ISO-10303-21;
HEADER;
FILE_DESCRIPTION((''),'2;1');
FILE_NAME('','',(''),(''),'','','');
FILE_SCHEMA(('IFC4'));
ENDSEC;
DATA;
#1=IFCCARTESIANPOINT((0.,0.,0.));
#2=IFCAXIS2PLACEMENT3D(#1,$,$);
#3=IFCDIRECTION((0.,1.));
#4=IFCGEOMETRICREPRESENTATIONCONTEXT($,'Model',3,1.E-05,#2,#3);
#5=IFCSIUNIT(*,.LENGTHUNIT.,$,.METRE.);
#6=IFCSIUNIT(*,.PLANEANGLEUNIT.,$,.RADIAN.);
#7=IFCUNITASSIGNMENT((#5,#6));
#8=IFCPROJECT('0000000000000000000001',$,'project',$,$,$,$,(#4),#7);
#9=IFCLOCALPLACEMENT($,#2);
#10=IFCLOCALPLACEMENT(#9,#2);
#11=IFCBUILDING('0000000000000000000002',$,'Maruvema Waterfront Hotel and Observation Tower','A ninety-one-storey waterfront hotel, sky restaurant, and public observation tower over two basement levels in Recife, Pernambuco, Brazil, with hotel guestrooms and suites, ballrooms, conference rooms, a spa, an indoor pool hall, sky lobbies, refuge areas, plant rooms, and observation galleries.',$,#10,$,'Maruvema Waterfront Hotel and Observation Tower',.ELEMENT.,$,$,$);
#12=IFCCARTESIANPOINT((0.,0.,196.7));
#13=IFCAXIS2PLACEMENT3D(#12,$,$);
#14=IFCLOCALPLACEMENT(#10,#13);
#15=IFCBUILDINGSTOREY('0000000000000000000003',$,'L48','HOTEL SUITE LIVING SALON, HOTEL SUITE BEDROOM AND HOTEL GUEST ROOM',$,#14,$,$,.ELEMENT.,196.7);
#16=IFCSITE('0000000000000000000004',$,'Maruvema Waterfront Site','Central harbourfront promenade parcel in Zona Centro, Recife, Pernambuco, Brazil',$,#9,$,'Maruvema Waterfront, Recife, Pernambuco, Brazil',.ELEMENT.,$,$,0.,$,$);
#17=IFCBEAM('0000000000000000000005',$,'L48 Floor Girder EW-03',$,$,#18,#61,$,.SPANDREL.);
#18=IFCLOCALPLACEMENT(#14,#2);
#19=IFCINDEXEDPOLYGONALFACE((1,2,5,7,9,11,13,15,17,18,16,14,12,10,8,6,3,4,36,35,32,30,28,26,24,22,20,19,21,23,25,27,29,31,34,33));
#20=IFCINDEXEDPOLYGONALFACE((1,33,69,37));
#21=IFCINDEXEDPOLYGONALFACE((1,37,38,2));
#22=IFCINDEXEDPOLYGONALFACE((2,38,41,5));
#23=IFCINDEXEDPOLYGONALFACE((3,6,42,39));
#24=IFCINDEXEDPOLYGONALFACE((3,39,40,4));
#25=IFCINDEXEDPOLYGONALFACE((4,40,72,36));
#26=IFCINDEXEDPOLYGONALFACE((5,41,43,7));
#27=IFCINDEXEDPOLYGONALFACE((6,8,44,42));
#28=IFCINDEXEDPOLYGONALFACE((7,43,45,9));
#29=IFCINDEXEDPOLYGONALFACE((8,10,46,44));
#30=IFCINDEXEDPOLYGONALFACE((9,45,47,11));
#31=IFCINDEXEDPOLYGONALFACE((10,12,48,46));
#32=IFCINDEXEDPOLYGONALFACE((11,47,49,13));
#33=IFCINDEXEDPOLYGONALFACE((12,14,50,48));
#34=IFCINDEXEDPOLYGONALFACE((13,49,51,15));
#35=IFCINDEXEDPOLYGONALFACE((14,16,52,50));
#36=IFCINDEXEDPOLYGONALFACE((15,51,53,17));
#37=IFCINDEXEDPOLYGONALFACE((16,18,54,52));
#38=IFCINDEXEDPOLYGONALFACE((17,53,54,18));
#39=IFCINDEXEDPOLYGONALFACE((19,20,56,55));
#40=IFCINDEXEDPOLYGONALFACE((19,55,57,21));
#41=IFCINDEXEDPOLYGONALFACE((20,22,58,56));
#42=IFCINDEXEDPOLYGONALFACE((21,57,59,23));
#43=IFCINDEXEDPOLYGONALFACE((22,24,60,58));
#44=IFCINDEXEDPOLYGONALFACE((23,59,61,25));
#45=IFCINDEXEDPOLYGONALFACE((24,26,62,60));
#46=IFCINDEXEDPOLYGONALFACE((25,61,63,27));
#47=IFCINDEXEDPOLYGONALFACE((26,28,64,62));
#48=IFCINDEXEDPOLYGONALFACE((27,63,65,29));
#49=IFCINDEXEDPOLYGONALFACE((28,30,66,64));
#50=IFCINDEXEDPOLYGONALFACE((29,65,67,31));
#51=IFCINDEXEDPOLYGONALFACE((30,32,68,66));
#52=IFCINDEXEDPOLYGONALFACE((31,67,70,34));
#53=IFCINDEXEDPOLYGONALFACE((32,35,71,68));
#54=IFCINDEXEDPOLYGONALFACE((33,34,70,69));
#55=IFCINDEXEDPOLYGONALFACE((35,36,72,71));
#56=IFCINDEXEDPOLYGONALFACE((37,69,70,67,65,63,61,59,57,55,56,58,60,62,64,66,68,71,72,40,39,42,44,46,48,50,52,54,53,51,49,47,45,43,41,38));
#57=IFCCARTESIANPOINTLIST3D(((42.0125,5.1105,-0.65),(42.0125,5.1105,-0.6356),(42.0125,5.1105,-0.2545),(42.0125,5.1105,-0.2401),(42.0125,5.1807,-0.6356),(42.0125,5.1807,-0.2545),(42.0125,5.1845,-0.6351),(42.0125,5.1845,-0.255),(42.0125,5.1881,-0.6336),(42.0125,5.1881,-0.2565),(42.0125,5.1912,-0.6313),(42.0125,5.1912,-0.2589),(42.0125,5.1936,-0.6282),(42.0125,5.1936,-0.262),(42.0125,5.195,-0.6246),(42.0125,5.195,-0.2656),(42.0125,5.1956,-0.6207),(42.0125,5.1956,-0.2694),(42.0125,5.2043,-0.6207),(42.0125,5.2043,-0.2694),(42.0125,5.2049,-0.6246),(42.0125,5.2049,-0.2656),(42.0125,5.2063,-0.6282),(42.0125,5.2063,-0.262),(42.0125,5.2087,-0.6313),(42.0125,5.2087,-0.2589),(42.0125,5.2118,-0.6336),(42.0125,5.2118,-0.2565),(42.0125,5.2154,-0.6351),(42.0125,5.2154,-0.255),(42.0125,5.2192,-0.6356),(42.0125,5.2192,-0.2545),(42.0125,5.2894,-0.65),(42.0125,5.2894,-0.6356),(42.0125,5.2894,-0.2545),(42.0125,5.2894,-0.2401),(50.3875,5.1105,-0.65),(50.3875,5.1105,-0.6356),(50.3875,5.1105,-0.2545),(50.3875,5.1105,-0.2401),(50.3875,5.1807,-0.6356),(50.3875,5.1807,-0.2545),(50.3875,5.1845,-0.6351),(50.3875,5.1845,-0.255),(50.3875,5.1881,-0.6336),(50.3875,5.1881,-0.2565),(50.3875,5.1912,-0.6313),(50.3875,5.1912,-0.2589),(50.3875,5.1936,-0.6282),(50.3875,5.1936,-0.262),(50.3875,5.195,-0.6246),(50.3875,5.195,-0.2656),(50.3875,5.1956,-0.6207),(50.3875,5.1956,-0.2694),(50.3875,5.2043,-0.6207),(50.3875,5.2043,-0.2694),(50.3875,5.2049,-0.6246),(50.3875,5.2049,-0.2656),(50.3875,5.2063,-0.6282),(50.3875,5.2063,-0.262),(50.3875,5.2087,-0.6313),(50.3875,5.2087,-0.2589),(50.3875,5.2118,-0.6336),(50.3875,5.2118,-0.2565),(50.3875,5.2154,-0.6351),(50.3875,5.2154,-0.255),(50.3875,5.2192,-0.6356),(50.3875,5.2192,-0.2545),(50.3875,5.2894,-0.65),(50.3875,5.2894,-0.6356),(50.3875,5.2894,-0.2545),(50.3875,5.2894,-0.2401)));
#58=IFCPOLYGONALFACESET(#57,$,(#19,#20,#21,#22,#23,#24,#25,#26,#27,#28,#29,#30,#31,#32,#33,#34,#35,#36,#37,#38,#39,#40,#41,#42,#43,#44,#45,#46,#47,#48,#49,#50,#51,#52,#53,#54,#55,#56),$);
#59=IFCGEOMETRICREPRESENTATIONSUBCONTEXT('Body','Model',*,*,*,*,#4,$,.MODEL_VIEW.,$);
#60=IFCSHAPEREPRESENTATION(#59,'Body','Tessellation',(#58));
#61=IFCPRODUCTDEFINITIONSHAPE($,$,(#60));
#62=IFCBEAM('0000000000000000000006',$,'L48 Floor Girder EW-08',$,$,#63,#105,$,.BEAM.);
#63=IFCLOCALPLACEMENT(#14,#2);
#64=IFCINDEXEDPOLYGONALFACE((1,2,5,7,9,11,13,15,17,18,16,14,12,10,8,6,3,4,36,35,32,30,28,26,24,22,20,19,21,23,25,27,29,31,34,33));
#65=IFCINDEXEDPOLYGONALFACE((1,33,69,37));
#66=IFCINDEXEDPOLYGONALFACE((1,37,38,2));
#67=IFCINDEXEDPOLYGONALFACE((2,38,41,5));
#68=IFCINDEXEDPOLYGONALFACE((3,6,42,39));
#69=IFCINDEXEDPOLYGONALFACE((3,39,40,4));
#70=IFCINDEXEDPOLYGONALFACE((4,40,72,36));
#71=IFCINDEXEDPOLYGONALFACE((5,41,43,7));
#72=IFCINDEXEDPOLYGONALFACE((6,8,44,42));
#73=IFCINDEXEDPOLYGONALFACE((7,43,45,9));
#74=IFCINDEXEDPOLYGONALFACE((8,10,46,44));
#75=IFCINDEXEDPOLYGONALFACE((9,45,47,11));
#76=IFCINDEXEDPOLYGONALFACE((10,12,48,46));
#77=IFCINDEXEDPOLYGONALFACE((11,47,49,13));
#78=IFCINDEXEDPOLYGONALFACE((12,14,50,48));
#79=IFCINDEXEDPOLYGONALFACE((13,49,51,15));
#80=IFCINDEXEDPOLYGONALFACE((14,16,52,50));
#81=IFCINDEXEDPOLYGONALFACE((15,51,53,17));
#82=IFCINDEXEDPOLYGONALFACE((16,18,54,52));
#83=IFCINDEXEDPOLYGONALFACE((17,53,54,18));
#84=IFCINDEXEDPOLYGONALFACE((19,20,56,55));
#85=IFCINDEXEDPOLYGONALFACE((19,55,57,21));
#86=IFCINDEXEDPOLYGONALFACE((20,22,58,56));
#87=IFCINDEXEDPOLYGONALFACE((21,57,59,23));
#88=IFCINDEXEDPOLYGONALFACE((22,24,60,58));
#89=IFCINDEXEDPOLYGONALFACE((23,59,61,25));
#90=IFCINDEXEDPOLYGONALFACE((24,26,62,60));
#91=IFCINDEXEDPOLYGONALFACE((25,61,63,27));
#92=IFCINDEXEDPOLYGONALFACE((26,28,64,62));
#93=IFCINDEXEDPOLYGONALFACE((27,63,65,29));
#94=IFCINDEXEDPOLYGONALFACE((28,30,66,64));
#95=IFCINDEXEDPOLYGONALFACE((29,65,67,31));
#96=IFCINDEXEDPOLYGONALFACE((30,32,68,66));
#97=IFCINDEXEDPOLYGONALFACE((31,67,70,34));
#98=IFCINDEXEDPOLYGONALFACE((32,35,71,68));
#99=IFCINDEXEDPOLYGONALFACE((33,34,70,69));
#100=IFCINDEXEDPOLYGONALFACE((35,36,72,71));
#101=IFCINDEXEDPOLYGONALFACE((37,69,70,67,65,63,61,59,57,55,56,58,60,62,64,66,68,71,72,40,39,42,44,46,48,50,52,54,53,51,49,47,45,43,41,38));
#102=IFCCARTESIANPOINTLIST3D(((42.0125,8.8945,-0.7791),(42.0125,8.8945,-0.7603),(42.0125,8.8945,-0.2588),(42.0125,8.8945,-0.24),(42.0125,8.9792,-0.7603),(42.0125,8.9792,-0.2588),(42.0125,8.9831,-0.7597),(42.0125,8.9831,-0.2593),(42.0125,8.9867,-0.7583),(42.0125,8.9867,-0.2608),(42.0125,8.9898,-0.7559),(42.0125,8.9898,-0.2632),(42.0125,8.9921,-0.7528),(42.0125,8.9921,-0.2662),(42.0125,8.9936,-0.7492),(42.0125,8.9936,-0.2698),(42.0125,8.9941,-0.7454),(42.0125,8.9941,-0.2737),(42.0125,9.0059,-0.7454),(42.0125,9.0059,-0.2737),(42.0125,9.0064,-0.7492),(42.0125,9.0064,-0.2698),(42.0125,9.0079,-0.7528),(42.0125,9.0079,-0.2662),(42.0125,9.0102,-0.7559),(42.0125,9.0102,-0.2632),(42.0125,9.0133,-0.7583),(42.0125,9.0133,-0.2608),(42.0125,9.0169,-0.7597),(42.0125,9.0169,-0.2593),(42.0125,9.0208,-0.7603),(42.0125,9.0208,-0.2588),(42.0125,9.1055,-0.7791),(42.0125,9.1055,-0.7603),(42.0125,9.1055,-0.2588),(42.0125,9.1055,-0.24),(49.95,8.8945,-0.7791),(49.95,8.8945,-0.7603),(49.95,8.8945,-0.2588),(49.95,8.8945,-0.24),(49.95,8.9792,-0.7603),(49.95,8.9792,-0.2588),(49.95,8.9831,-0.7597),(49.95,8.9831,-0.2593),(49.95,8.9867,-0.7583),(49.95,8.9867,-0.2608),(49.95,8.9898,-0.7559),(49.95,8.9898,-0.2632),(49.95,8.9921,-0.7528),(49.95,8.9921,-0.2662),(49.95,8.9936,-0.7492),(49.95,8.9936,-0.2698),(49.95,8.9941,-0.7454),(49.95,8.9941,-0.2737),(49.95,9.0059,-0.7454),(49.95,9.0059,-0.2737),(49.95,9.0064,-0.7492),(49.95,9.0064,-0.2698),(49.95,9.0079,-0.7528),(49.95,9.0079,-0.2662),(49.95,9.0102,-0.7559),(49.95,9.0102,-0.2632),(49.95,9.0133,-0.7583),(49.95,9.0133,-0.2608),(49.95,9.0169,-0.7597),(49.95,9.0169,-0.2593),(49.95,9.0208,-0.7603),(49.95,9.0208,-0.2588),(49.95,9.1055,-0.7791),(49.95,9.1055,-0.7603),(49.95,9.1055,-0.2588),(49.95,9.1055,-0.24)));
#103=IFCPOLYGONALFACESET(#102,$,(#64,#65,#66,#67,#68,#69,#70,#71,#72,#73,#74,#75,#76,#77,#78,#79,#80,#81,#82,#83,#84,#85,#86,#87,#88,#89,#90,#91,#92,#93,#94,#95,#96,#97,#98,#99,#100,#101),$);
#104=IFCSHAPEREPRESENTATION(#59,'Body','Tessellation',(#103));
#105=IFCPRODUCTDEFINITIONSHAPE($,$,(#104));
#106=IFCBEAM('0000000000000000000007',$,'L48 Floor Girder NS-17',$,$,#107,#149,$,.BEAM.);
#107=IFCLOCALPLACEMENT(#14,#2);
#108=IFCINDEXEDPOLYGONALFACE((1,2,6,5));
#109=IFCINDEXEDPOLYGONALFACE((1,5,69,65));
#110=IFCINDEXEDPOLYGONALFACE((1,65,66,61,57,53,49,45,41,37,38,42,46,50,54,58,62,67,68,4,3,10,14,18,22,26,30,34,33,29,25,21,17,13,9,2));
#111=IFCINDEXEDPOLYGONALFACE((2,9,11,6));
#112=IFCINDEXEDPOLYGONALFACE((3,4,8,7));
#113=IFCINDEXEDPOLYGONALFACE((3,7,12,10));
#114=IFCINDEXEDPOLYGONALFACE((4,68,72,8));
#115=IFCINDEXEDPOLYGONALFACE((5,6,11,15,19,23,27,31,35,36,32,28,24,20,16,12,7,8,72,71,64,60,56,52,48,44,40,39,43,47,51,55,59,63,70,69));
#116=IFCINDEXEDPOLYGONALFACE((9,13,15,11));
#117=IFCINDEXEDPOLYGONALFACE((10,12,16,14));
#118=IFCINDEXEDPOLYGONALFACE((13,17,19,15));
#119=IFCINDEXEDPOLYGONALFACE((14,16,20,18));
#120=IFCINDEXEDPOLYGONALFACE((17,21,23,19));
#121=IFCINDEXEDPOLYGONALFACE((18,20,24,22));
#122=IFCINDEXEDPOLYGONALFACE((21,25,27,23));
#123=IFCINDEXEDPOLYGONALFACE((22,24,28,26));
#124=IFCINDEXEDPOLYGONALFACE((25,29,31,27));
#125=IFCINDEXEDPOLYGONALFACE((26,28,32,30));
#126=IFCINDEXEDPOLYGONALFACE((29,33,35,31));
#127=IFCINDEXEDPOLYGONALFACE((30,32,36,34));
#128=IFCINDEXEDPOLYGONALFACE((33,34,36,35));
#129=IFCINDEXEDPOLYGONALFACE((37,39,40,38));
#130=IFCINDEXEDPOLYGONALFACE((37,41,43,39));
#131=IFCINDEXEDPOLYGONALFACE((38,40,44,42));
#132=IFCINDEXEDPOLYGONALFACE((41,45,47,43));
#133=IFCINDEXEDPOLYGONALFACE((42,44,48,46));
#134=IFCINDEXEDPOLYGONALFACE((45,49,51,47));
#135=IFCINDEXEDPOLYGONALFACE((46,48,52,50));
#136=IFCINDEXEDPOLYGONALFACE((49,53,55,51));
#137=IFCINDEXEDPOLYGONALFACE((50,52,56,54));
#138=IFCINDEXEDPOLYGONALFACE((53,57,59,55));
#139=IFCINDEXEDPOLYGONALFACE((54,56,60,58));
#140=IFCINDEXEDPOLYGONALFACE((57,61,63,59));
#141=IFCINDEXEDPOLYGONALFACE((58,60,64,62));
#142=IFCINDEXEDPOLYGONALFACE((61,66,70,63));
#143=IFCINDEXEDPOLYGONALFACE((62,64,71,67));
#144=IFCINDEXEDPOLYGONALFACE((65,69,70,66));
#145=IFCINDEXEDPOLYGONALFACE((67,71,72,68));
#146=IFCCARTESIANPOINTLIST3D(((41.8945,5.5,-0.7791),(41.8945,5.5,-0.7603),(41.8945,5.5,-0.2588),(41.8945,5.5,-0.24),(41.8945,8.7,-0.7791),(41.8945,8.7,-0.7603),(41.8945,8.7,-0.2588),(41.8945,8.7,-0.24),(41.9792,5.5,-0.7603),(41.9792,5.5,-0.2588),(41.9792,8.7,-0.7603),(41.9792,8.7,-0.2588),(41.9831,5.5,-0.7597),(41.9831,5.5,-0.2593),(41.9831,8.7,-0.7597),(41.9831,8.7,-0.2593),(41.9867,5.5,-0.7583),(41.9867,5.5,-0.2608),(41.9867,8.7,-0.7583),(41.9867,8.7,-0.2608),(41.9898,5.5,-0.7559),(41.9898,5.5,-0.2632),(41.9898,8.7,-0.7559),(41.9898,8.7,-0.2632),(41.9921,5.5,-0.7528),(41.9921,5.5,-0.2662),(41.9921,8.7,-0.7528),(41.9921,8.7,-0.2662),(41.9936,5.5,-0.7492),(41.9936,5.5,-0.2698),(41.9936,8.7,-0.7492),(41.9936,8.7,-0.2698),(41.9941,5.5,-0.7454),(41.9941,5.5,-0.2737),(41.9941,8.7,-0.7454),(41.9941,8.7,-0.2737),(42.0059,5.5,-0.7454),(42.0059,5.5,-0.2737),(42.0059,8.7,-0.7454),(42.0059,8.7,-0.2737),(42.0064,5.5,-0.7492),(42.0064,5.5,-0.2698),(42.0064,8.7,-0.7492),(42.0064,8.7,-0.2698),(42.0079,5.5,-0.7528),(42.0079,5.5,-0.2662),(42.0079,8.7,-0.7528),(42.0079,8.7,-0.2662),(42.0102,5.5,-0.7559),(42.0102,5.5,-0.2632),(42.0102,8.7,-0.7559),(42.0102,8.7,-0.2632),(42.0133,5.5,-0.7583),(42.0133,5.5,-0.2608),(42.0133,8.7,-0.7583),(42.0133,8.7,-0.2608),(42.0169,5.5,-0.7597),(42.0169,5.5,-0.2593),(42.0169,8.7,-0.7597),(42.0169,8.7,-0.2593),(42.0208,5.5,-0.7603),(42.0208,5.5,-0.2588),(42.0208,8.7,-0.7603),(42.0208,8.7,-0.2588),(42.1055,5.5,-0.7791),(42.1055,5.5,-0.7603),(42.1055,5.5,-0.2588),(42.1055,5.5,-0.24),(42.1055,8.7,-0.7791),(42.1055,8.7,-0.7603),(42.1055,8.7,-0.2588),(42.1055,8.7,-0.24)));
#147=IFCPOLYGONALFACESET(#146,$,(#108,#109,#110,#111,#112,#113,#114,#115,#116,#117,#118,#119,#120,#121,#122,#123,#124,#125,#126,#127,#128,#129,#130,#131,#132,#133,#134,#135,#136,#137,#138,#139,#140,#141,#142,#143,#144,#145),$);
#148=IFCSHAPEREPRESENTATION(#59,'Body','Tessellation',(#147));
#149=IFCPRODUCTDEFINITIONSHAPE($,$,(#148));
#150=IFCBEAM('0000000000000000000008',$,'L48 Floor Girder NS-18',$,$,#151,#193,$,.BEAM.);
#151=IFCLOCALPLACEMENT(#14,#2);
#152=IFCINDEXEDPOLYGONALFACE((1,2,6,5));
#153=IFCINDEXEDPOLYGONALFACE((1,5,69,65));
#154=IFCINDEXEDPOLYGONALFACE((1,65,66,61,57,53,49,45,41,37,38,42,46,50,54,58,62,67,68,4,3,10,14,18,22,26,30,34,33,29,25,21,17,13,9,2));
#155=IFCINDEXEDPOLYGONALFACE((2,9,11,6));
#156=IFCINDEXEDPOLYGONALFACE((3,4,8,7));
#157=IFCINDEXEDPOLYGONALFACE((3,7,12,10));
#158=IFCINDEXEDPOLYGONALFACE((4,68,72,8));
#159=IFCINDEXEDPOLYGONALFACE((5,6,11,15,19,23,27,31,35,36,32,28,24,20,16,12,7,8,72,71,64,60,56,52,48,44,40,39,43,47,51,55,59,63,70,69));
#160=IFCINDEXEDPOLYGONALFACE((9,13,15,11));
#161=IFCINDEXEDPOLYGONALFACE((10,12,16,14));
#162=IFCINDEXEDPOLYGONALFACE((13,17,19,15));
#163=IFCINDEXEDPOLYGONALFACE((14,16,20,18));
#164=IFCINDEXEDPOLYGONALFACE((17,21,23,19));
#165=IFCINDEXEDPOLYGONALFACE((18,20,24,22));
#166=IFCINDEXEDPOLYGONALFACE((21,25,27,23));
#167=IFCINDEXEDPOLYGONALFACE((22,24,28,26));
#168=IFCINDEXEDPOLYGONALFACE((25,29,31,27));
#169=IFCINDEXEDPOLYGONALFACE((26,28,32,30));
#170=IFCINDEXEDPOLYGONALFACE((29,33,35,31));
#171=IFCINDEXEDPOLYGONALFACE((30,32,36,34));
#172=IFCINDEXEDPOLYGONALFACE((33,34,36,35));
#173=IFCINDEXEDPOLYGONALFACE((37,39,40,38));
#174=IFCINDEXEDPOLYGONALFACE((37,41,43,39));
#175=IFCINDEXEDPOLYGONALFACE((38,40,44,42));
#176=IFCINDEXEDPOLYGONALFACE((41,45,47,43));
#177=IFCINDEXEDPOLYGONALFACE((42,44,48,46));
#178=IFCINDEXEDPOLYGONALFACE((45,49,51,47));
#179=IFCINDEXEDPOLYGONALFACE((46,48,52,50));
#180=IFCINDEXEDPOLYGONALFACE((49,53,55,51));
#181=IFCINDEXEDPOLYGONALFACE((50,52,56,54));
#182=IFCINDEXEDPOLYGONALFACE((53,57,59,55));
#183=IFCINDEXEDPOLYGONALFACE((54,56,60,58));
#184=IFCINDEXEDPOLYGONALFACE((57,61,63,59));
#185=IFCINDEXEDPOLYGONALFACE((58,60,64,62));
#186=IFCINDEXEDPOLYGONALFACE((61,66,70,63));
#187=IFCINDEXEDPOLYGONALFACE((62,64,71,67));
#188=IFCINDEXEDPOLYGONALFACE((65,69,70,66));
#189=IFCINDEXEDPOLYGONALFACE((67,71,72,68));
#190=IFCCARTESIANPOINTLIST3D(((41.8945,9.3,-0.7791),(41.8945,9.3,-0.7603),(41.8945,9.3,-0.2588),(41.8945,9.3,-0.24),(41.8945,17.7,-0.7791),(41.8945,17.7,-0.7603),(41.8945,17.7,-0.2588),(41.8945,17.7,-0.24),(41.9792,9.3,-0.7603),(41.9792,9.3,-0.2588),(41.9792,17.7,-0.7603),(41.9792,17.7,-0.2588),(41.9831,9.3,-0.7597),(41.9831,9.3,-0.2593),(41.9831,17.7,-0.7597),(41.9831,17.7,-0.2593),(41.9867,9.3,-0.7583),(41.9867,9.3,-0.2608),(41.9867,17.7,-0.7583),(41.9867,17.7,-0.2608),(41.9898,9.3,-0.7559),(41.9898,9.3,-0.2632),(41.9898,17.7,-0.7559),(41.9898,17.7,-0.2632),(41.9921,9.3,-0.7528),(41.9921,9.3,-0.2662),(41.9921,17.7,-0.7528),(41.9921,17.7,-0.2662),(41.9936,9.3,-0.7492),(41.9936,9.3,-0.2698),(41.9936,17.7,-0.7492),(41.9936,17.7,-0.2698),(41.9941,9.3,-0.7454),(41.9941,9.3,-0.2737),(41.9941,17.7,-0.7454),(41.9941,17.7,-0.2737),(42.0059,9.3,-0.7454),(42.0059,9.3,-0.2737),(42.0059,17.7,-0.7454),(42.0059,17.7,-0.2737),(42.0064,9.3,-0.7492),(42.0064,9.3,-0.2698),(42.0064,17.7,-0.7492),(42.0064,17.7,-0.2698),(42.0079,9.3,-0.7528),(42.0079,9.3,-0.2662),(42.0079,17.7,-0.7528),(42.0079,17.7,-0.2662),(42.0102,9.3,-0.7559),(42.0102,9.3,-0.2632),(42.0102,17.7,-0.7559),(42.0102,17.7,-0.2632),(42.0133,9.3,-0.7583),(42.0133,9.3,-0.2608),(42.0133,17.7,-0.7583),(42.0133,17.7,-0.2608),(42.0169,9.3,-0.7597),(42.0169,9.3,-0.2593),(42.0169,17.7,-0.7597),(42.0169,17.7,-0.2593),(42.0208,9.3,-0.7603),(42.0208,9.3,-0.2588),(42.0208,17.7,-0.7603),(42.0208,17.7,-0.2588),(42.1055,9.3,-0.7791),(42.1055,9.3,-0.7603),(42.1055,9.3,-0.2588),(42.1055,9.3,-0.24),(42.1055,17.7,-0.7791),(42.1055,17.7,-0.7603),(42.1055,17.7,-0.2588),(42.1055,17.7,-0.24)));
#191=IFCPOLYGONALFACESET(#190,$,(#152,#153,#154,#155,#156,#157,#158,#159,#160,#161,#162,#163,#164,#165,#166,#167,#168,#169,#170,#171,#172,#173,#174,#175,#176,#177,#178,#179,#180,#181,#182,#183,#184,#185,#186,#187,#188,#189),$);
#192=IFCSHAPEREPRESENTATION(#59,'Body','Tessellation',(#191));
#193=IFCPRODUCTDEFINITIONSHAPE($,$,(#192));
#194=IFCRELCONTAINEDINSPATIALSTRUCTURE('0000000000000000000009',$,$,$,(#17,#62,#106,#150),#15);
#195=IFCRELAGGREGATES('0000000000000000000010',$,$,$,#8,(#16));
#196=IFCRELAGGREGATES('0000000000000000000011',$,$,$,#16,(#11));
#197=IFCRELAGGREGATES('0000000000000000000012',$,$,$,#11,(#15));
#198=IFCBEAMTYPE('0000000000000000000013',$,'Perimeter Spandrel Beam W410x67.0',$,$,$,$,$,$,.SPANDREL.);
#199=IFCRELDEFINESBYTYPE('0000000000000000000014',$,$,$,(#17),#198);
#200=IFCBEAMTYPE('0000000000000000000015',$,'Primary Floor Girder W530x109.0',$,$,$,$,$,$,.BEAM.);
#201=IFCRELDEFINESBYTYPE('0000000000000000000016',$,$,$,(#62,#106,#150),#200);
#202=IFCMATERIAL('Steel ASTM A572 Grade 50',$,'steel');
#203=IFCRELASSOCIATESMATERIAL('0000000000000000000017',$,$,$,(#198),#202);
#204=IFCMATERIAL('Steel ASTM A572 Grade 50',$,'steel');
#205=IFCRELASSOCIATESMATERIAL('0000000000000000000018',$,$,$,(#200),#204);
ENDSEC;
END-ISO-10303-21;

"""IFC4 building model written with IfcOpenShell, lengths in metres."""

from ifc_helpers import new_model, si_unit, direction, frame, origin, origin_2d, place, context, subcontext, project, spatial, i_section, extrude, material, material_profile, profile_set, type_object, element, save


model = new_model("IFC4")

# Units and contexts
model_context = context("Model", 3, precision=1e-05, world=origin(), true_north=direction((0.0, 1.0)))
body_context = subcontext(model_context, "Body", "Model", "MODEL_VIEW")
ifc_project = project(units=[si_unit("LENGTHUNIT", "METRE"), si_unit("PLANEANGLEUNIT", "RADIAN")], contexts=[model_context])

# Site, building, storey
site_placement = place(None, origin())
site = spatial("IfcSite", under=ifc_project, at=site_placement, Name="Maruvema Waterfront Site", Description="Central harbourfront promenade parcel in Zona Centro, Recife, Pernambuco, Brazil", LongName="Maruvema Waterfront, Recife, Pernambuco, Brazil", CompositionType="ELEMENT", RefElevation=0.0)
building_placement = place(site_placement, origin())
building = spatial("IfcBuilding", under=site, at=building_placement, Name="Maruvema Waterfront Hotel and Observation Tower", Description="A ninety-one-storey waterfront hotel, sky restaurant, and public observation tower over two basement levels in Recife, Pernambuco, Brazil, with hotel guestrooms and suites, ballrooms, conference rooms, a spa, an indoor pool hall, sky lobbies, refuge areas, plant rooms, and observation galleries.", LongName="Maruvema Waterfront Hotel and Observation Tower", CompositionType="ELEMENT")
storey_placement = place(building_placement, frame((0.0, 0.0, 196.7)))
storey = spatial("IfcBuildingStorey", under=building, at=storey_placement, Name="L48", Description="HOTEL SUITE LIVING SALON, HOTEL SUITE BEDROOM AND HOTEL GUEST ROOM", CompositionType="ELEMENT", Elevation=196.7)

# Beams
ifc_material_1 = material(Name="Steel ASTM A572 Grade 50", Category="steel")
ifc_material_profile_1 = material_profile(ifc_material_1, i_section(OverallWidth=0.179, OverallDepth=0.4099, WebThickness=0.0088, FlangeThickness=0.0144, FilletRadius=0.0149, at=origin_2d()), Name="W410x67.0")
ifc_profile_set_1 = profile_set([ifc_material_profile_1], Name="Steel ASTM A572 Grade 50")
beam_type_1 = type_object("IfcBeamType", Name="Perimeter Spandrel Beam W410x67.0", PredefinedType="SPANDREL", material=ifc_profile_set_1)
beam_1_placement = place(storey_placement, frame((42.0125, 5.2, -0.4451), z_axis=(1.0, 0.0, 0.0), x_axis=(0.0, 1.0, 0.0)))
element("IfcBeam", 1, at=beam_1_placement, inside=storey, type_object=beam_type_1, Name="L48 Floor Girder EW-03", PredefinedType="SPANDREL", context=body_context, shape_type="SweptSolid", body=[
    extrude(i_section(OverallWidth=0.179, OverallDepth=0.4099, WebThickness=0.0088, FlangeThickness=0.0144, FilletRadius=0.0149, at=origin_2d()), origin(), (0.0, 0.0, 1.0), 8.375),
])
ifc_material_2 = material(Name="Steel ASTM A572 Grade 50", Category="steel")
ifc_material_profile_2 = material_profile(ifc_material_2, i_section(OverallWidth=0.2109, OverallDepth=0.5391, WebThickness=0.0117, FlangeThickness=0.0188, FilletRadius=0.0149, at=origin_2d()), Name="W530x109.0")
ifc_profile_set_2 = profile_set([ifc_material_profile_2], Name="Steel ASTM A572 Grade 50")
beam_type_2 = type_object("IfcBeamType", Name="Primary Floor Girder W530x109.0", PredefinedType="BEAM", material=ifc_profile_set_2)
beam_2_placement = place(storey_placement, frame((42.0125, 9.0, -0.5095), z_axis=(1.0, 0.0, 0.0), x_axis=(0.0, 1.0, 0.0)))
element("IfcBeam", 2, at=beam_2_placement, inside=storey, type_object=beam_type_2, Name="L48 Floor Girder EW-08", PredefinedType="BEAM", context=body_context, shape_type="SweptSolid", body=[
    extrude(i_section(OverallWidth=0.2109, OverallDepth=0.5391, WebThickness=0.0117, FlangeThickness=0.0188, FilletRadius=0.0149, at=origin_2d()), origin(), (0.0, 0.0, 1.0), 7.9375),
])
beam_3_placement = place(storey_placement, frame((42.0, 5.5, -0.5095), z_axis=(0.0, 1.0, 0.0), x_axis=(-1.0, 0.0, 0.0)))
element("IfcBeam", 3, at=beam_3_placement, inside=storey, type_object=beam_type_2, Name="L48 Floor Girder NS-17", PredefinedType="BEAM", context=body_context, shape_type="SweptSolid", body=[
    extrude(i_section(OverallWidth=0.2109, OverallDepth=0.5391, WebThickness=0.0117, FlangeThickness=0.0188, FilletRadius=0.0149, at=origin_2d()), origin(), (0.0, 0.0, 1.0), 3.2),
])
beam_4_placement = place(storey_placement, frame((42.0, 9.3, -0.5095), z_axis=(0.0, 1.0, 0.0), x_axis=(-1.0, 0.0, 0.0)))
element("IfcBeam", 4, at=beam_4_placement, inside=storey, type_object=beam_type_2, Name="L48 Floor Girder NS-18", PredefinedType="BEAM", context=body_context, shape_type="SweptSolid", body=[
    extrude(i_section(OverallWidth=0.2109, OverallDepth=0.5391, WebThickness=0.0117, FlangeThickness=0.0188, FilletRadius=0.0149, at=origin_2d()), origin(), (0.0, 0.0, 1.0), 8.3999),
])

save(model, "model.ifc")
